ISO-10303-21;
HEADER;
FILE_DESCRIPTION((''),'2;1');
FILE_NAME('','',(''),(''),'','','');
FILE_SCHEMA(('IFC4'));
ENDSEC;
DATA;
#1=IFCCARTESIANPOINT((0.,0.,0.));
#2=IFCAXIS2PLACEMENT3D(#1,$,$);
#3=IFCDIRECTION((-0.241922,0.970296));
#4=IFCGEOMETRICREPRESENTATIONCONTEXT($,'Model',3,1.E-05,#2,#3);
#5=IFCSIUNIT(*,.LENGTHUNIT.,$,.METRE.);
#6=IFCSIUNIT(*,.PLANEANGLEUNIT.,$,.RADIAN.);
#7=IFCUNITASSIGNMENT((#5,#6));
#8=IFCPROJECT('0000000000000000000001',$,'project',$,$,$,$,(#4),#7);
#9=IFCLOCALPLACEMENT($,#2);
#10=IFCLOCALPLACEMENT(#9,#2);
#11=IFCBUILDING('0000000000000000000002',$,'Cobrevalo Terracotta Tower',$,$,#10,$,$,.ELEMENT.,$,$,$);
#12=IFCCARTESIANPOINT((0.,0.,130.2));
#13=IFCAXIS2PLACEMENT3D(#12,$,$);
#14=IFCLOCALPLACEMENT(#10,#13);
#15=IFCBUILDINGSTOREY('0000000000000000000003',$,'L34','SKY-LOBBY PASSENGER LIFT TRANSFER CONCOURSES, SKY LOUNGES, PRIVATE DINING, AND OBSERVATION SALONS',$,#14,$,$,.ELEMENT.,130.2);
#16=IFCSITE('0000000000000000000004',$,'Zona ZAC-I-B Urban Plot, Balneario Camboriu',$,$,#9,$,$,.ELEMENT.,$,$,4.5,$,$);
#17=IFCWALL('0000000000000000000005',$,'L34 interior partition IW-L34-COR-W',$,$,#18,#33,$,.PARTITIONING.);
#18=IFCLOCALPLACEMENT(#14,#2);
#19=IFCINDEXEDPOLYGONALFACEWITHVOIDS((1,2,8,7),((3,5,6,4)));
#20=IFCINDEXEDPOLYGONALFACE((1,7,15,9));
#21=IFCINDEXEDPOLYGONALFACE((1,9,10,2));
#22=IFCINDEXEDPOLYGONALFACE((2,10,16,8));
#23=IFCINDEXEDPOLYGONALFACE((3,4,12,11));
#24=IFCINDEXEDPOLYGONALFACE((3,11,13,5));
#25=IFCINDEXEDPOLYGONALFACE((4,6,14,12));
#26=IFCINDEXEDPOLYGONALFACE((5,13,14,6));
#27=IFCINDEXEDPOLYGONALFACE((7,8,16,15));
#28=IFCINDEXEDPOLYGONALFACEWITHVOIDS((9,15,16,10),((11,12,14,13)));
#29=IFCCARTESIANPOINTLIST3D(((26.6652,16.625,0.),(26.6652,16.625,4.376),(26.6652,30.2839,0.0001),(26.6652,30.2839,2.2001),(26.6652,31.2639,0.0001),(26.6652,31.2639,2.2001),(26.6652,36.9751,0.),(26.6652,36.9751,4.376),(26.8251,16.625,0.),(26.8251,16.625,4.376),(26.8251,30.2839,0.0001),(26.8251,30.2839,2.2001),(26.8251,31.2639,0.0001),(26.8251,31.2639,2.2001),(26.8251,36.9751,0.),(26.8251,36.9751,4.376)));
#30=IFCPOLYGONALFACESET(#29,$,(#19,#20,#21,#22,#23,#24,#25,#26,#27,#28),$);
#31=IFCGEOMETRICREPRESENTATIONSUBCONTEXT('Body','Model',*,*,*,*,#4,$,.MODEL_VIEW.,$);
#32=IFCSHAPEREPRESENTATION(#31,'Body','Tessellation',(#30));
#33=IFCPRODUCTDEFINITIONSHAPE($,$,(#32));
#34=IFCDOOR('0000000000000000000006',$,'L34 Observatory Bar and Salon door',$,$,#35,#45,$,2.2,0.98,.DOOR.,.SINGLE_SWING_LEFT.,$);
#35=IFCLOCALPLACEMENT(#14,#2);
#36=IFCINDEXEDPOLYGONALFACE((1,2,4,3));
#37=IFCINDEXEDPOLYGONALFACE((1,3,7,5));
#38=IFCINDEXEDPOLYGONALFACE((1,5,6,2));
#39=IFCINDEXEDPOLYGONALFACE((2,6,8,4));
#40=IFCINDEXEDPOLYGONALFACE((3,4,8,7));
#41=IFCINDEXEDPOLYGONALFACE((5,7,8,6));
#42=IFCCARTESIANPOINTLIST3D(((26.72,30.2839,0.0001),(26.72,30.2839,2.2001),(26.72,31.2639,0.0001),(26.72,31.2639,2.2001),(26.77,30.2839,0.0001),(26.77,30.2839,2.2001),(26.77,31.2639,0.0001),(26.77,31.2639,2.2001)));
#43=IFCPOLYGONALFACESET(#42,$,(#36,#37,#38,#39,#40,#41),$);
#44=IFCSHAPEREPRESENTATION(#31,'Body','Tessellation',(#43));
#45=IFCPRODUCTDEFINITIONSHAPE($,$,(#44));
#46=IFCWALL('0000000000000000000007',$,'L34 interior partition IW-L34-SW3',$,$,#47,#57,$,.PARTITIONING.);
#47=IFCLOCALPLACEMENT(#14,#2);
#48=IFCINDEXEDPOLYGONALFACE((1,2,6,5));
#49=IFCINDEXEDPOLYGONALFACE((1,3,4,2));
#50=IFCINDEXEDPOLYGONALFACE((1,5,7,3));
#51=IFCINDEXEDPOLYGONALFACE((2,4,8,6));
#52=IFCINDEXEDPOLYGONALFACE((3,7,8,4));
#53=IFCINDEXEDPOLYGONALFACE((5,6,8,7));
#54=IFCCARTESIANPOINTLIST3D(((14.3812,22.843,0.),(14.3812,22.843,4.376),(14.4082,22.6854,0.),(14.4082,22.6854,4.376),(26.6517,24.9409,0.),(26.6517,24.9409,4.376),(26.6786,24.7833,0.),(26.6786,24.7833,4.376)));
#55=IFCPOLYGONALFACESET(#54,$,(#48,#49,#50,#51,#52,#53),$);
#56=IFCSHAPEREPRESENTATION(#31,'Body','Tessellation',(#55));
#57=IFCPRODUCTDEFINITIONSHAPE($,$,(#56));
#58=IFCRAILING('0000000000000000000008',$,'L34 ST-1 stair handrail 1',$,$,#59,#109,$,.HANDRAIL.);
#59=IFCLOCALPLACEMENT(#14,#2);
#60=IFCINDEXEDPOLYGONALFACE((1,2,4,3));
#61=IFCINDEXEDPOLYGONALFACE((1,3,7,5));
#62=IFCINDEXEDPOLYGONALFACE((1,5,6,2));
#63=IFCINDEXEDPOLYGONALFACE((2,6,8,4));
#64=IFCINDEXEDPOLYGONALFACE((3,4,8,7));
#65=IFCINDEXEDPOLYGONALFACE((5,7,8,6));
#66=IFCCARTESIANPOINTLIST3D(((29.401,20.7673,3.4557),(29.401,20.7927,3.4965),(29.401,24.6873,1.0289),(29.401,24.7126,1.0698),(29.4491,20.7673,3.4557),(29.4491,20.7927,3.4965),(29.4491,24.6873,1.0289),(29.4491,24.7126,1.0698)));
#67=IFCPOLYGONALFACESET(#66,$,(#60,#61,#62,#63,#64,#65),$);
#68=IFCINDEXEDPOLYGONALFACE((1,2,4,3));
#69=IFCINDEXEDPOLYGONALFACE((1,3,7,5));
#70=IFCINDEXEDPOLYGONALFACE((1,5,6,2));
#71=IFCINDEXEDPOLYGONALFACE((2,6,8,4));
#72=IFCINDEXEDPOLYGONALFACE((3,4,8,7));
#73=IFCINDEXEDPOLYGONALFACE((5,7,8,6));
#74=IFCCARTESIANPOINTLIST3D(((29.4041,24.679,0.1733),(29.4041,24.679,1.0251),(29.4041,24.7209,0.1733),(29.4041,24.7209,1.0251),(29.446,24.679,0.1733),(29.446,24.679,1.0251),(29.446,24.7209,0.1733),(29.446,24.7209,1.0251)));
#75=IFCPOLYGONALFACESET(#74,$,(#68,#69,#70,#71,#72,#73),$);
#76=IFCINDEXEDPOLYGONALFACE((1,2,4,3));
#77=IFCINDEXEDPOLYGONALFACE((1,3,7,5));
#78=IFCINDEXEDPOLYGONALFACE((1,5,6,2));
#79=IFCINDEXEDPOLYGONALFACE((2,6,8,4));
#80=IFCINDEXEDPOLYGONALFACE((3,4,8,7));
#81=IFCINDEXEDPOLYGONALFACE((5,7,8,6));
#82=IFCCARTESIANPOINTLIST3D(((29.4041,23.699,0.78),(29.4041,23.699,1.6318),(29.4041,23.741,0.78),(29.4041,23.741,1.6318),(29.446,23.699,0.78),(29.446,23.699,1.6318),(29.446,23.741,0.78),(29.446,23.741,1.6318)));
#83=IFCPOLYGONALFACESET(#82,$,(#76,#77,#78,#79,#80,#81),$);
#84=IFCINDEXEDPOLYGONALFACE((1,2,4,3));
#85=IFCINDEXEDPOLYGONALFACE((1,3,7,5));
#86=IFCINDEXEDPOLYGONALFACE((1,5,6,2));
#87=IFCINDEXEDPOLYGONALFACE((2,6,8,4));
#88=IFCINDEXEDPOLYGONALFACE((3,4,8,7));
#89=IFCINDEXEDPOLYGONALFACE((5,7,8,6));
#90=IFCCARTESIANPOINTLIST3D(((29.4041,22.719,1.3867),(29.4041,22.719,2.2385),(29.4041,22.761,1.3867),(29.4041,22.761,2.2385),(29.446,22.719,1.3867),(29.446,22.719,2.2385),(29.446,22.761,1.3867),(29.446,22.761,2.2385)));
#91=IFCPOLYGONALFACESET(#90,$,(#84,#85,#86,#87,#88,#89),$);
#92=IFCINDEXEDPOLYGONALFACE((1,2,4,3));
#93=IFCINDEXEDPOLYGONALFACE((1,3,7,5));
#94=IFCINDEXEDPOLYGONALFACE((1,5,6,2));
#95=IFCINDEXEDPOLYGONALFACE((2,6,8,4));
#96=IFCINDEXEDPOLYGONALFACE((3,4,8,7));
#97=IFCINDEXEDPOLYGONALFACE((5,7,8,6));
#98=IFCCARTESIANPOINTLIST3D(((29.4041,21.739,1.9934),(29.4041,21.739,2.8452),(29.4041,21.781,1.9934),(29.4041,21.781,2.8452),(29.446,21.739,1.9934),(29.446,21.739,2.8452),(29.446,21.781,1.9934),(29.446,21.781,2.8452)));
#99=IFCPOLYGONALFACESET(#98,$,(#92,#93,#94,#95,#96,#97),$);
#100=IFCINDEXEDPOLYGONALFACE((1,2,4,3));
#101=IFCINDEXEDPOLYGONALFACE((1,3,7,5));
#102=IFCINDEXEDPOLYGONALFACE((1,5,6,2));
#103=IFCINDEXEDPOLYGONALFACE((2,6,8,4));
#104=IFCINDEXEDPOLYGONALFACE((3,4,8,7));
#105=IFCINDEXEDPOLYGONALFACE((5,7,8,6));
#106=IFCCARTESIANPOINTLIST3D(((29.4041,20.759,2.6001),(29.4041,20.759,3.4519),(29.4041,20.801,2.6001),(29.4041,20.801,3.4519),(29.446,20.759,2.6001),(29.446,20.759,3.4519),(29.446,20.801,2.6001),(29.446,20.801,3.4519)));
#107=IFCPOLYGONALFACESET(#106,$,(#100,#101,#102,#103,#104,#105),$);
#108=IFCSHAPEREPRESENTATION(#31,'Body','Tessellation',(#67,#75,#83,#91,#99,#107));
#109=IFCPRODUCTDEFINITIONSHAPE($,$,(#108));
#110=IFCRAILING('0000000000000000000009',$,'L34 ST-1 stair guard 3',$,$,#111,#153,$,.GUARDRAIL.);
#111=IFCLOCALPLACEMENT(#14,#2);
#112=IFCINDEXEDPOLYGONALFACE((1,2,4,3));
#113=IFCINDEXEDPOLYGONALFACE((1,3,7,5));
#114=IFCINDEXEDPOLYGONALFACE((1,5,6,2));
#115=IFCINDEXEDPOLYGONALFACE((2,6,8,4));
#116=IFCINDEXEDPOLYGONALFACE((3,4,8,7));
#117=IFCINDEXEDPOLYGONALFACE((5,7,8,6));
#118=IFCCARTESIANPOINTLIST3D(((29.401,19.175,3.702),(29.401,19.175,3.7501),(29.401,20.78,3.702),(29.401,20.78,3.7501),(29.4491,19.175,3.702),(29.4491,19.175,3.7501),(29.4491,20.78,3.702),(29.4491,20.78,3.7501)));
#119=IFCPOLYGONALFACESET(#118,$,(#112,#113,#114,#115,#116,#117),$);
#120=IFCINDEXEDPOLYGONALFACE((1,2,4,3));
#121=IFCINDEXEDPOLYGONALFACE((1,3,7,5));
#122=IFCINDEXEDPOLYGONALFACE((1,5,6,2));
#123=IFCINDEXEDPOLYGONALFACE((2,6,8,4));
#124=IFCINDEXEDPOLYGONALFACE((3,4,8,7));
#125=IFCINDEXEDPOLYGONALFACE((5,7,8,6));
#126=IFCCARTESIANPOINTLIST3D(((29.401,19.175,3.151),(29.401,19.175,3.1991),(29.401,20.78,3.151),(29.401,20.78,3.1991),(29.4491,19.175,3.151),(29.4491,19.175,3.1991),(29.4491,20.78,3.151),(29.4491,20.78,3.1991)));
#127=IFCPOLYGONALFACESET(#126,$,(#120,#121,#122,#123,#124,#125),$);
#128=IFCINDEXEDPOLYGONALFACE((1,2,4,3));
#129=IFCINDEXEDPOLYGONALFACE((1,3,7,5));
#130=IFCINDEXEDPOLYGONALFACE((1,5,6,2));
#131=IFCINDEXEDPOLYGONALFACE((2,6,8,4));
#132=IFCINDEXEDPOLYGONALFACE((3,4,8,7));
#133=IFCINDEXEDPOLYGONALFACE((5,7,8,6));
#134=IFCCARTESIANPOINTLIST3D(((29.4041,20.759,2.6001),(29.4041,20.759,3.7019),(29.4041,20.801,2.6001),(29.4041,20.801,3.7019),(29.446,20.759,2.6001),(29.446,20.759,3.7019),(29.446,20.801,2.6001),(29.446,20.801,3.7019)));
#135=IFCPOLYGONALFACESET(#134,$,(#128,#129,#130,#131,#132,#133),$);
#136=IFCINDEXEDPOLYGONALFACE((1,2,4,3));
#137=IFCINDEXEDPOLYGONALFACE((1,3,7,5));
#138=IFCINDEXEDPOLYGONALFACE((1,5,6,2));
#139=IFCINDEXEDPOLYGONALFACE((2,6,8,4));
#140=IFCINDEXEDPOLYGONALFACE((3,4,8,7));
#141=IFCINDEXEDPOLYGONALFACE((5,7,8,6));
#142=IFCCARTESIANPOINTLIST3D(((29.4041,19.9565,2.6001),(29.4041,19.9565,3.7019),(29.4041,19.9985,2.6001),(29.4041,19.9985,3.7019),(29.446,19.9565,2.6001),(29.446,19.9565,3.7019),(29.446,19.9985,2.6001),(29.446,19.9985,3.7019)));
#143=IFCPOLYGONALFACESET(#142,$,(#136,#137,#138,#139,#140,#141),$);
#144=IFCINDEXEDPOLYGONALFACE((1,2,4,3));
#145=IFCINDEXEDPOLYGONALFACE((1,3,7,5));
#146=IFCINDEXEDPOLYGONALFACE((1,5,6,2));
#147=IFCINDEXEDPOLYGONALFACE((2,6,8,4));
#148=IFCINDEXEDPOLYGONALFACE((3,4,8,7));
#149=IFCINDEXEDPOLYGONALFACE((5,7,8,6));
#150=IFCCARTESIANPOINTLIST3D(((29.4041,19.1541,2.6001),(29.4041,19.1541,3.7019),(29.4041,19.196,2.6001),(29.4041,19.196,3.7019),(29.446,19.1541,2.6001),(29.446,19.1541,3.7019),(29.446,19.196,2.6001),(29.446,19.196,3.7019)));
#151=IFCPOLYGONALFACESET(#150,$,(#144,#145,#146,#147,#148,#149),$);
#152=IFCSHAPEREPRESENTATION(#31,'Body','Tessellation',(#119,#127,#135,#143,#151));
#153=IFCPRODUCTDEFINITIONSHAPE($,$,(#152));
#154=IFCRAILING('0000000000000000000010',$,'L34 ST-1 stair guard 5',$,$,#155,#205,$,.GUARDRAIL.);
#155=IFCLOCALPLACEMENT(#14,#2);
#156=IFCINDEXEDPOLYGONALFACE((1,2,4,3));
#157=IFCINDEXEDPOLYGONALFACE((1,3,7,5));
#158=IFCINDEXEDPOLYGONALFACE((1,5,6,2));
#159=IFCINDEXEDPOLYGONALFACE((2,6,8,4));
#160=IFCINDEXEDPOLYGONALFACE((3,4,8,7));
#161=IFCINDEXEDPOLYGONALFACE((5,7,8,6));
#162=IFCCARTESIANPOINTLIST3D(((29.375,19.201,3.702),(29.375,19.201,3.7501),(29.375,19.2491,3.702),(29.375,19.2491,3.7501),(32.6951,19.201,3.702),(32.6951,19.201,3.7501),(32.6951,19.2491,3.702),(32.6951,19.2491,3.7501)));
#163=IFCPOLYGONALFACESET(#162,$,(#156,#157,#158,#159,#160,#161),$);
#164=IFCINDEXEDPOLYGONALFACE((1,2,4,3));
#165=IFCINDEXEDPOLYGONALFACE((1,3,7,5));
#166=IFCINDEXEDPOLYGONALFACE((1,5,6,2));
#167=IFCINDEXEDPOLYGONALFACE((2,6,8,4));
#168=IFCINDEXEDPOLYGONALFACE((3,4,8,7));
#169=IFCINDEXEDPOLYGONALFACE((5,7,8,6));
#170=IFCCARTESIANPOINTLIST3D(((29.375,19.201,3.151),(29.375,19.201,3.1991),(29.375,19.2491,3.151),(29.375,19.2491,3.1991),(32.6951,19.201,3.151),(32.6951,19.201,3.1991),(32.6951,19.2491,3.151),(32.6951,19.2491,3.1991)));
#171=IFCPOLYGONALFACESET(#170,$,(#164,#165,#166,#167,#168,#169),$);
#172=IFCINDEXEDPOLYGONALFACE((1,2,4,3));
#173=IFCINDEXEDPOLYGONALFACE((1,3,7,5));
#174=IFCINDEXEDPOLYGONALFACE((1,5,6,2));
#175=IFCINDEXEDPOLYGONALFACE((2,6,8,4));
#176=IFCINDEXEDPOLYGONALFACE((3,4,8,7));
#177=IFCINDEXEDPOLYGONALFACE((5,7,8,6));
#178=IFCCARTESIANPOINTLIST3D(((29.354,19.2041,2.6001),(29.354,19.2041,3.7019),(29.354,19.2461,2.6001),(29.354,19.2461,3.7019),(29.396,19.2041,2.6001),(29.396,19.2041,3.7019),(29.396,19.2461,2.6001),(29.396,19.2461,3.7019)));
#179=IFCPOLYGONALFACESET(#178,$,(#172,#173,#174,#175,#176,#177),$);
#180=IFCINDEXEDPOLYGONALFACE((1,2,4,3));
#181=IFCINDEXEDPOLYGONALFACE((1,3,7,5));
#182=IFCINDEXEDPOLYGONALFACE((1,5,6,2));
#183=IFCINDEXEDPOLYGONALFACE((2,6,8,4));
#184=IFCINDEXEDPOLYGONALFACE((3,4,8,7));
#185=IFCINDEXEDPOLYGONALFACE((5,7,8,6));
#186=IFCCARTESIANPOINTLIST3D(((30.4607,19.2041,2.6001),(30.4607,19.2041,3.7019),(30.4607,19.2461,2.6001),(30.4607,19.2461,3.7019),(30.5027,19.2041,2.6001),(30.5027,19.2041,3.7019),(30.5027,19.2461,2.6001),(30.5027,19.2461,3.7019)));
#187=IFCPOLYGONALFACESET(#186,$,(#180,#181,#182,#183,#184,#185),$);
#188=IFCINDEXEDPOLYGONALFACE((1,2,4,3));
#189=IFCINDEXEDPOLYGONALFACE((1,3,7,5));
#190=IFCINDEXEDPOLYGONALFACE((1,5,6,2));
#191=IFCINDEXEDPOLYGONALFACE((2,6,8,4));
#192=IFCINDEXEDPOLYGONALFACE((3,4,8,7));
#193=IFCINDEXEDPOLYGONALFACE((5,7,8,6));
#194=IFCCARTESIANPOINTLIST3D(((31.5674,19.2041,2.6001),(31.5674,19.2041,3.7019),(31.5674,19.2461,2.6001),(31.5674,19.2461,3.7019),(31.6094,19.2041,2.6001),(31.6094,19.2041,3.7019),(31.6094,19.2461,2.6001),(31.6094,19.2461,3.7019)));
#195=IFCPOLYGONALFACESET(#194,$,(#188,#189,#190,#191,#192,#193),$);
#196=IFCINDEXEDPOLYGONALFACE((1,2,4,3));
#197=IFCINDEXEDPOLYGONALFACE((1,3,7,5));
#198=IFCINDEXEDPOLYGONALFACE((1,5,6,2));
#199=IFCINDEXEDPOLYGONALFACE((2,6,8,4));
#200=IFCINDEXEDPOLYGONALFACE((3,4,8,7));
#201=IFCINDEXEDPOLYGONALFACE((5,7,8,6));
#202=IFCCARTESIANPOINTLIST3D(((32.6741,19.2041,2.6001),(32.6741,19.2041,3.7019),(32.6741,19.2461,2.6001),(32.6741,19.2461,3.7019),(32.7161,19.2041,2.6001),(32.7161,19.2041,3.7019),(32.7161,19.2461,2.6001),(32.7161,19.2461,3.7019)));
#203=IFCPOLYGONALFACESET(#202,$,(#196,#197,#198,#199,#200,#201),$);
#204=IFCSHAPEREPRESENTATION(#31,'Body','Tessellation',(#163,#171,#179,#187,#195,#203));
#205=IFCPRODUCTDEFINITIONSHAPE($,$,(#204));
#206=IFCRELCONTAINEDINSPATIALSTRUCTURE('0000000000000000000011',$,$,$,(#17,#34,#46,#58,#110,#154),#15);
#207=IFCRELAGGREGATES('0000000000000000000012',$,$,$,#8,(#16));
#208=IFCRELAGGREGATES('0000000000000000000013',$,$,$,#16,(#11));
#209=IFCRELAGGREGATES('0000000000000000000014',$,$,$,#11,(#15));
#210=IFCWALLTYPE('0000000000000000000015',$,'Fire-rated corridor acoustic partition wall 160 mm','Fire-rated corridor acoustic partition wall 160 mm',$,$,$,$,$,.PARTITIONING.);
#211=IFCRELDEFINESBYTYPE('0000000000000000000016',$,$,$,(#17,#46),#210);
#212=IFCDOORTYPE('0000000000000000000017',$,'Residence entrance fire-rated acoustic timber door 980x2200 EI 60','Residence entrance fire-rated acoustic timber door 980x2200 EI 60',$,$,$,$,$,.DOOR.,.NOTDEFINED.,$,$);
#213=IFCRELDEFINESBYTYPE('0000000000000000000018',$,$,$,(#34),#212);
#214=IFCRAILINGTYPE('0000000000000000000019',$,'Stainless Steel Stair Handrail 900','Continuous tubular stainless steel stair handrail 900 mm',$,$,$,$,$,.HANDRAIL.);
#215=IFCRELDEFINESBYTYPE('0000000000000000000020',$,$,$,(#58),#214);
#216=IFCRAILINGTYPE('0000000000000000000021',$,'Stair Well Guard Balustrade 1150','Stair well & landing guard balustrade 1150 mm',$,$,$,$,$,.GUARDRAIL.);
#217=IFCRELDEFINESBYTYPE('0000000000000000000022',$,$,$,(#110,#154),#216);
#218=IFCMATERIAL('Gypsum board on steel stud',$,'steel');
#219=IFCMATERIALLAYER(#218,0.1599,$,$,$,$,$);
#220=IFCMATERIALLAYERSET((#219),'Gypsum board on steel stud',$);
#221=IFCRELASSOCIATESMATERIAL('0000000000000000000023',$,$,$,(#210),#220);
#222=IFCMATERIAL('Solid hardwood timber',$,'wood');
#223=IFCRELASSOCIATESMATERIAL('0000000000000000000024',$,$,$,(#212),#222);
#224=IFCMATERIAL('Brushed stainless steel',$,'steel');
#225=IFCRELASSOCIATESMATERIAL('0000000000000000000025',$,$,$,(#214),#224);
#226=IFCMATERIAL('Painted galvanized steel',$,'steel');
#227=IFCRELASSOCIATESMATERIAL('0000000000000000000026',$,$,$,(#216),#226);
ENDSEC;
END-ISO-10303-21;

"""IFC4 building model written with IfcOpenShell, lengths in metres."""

from ifc_helpers import new_model, si_unit, direction, frame, frame_2d, origin, origin_2d, place, context, subcontext, project, spatial, rectangle, extrude, source, transform, mapped, material, layer, layer_set, type_object, element, fill, save


model = new_model("IFC4")

# Units and contexts
model_context = context("Model", 3, precision=1e-05, world=origin(), true_north=direction((-0.241922, 0.970296)))
body_context = subcontext(model_context, "Body", "Model", "MODEL_VIEW")
ifc_project = project(units=[si_unit("LENGTHUNIT", "METRE"), si_unit("PLANEANGLEUNIT", "RADIAN")], contexts=[model_context])

# Site, building, storey
site_placement = place(None, origin())
site = spatial("IfcSite", under=ifc_project, at=site_placement, Name="Zona ZAC-I-B Urban Plot, Balneario Camboriu", CompositionType="ELEMENT", RefElevation=4.5)
building_placement = place(site_placement, origin())
building = spatial("IfcBuilding", under=site, at=building_placement, Name="Cobrevalo Terracotta Tower", CompositionType="ELEMENT")
storey_placement = place(building_placement, frame((0.0, 0.0, 130.2)))
storey = spatial("IfcBuildingStorey", under=building, at=storey_placement, Name="L34", Description="SKY-LOBBY PASSENGER LIFT TRANSFER CONCOURSES, SKY LOUNGES, PRIVATE DINING, AND OBSERVATION SALONS", CompositionType="ELEMENT", Elevation=130.2)

# Shared definitions
ifc_material_1 = material(Name="Gypsum board on steel stud", Category="steel")
ifc_layer_1 = layer(ifc_material_1, 0.1599)
ifc_layer_set_1 = layer_set([ifc_layer_1], Name="Gypsum board on steel stud")
wall_type_1 = type_object("IfcWallType", Name="Fire-rated corridor acoustic partition wall 160 mm", Description="Fire-rated corridor acoustic partition wall 160 mm", PredefinedType="PARTITIONING", material=ifc_layer_set_1)
ifc_material_2 = material(Name="Solid hardwood timber", Category="wood")
door_type_1 = type_object("IfcDoorType", Name="Residence entrance fire-rated acoustic timber door 980x2200 EI 60", Description="Residence entrance fire-rated acoustic timber door 980x2200 EI 60", OperationType="NOTDEFINED", PredefinedType="DOOR", material=ifc_material_2)
shared_shape_1 = source(origin(), body_context, "Body", "SweptSolid", [
    extrude(rectangle(XDim=0.98, YDim=2.2, at=frame_2d((0.49, 1.1001))), frame((0.0, 0.0249, 0.0), z_axis=(0.0, -1.0, 0.0), x_axis=(1.0, 0.0, 0.0)), (0.0, 0.0, 1.0), 0.05),
])

# Wall, opening, door
wall_1_placement = place(storey_placement, frame((26.7451, 16.625, 0.0), z_axis=(0.0, 0.0, 1.0), x_axis=(0.0, 1.0, 0.0)))
wall_1 = element("IfcWall", 1, at=wall_1_placement, inside=storey, type_object=wall_type_1, Name="L34 interior partition IW-L34-COR-W", PredefinedType="PARTITIONING", context=body_context, shape_type="SweptSolid", body=[
    extrude(rectangle(XDim=20.3501, YDim=0.1599, at=frame_2d((10.175, 0.0))), origin(), (0.0, 0.0, 1.0), 4.376),
])
opening_1_placement = place(wall_1_placement, frame((13.6589, 0.0, 0.0)))
opening_1 = element("IfcOpeningElement", 2, at=opening_1_placement, cuts=wall_1, PredefinedType="OPENING", context=body_context, shape_type="SweptSolid", body=[
    extrude(rectangle(XDim=0.98, YDim=2.2, at=frame_2d((0.49, 1.1001))), frame((0.0, 0.0898, 0.0), z_axis=(0.0, -1.0, 0.0), x_axis=(1.0, 0.0, 0.0)), (0.0, 0.0, 1.0), 0.1799),
])
door_1_placement = place(opening_1_placement, frame((0.98, 0.0, 0.0), z_axis=(0.0, 0.0, 1.0), x_axis=(-1.0, 0.0, 0.0)))
door_1 = element("IfcDoor", 3, at=door_1_placement, inside=storey, type_object=door_type_1, Name="L34 Observatory Bar and Salon door", OperationType="SINGLE_SWING_LEFT", OverallHeight=2.2, OverallWidth=0.98, PredefinedType="DOOR", context=body_context, shape_type="MappedRepresentation", body=[
    mapped(shared_shape_1, transform((0.0, 0.0, 0.0), scale=1.0)),
])
fill(opening_1, door_1)

# Wall
wall_2_placement = place(storey_placement, frame((26.665, 24.8621, 0.0), z_axis=(0.0, 0.0, 1.0), x_axis=(-0.985697, -0.168526, 0.0)))
element("IfcWall", 4, at=wall_2_placement, inside=storey, type_object=wall_type_1, Name="L34 interior partition IW-L34-SW3", PredefinedType="PARTITIONING", context=body_context, shape_type="SweptSolid", body=[
    extrude(rectangle(XDim=12.4485, YDim=0.1599, at=frame_2d((6.2241, 0.0))), origin(), (0.0, 0.0, 1.0), 4.376),
])

# Railings
ifc_material_3 = material(Name="Brushed stainless steel", Category="steel")
railing_type_1 = type_object("IfcRailingType", Name="Stainless Steel Stair Handrail 900", Description="Continuous tubular stainless steel stair handrail 900 mm", PredefinedType="HANDRAIL", material=ifc_material_3)
railing_1_placement = place(storey_placement, frame((29.425, 24.7, 0.1733)))
element("IfcRailing", 5, at=railing_1_placement, inside=storey, type_object=railing_type_1, Name="L34 ST-1 stair handrail 1", PredefinedType="HANDRAIL", context=body_context, shape_type="SweptSolid", body=[
    extrude(rectangle(XDim=0.0481, YDim=0.0481, at=origin_2d()), frame((0.0, 0.0, 0.876), z_axis=(0.0, -0.850252, 0.526376), x_axis=(1.0, 0.0, 0.0)), (0.0, 0.0, 1.0), 4.6104),
    extrude(rectangle(XDim=0.042, YDim=0.042, at=origin_2d()), origin(), (0.0, 0.0, 1.0), 0.8518),
    extrude(rectangle(XDim=0.042, YDim=0.042, at=origin_2d()), frame((0.0, -0.98, 0.6067)), (0.0, 0.0, 1.0), 0.8518),
    extrude(rectangle(XDim=0.042, YDim=0.042, at=origin_2d()), frame((0.0, -1.96, 1.2134)), (0.0, 0.0, 1.0), 0.8518),
    extrude(rectangle(XDim=0.042, YDim=0.042, at=origin_2d()), frame((0.0, -2.9399, 1.8201)), (0.0, 0.0, 1.0), 0.8518),
    extrude(rectangle(XDim=0.042, YDim=0.042, at=origin_2d()), frame((0.0, -3.9199, 2.4268)), (0.0, 0.0, 1.0), 0.8518),
])
ifc_material_4 = material(Name="Painted galvanized steel", Category="steel")
railing_type_2 = type_object("IfcRailingType", Name="Stair Well Guard Balustrade 1150", Description="Stair well & landing guard balustrade 1150 mm", PredefinedType="GUARDRAIL", material=ifc_material_4)
railing_2_placement = place(storey_placement, frame((29.425, 20.78, 2.6001)))
element("IfcRailing", 6, at=railing_2_placement, inside=storey, type_object=railing_type_2, Name="L34 ST-1 stair guard 3", PredefinedType="GUARDRAIL", context=body_context, shape_type="SweptSolid", body=[
    extrude(rectangle(XDim=0.0481, YDim=0.0481, at=origin_2d()), frame((0.0, 0.0, 1.126), z_axis=(0.0, -1.0, 0.0), x_axis=(1.0, 0.0, 0.0)), (0.0, 0.0, 1.0), 1.605),
    extrude(rectangle(XDim=0.0481, YDim=0.0481, at=origin_2d()), frame((0.0, 0.0, 0.575), z_axis=(0.0, -1.0, 0.0), x_axis=(1.0, 0.0, 0.0)), (0.0, 0.0, 1.0), 1.605),
    extrude(rectangle(XDim=0.042, YDim=0.042, at=origin_2d()), origin(), (0.0, 0.0, 1.0), 1.1018),
    extrude(rectangle(XDim=0.042, YDim=0.042, at=origin_2d()), frame((0.0, -0.8025, 0.0)), (0.0, 0.0, 1.0), 1.1018),
    extrude(rectangle(XDim=0.042, YDim=0.042, at=origin_2d()), frame((0.0, -1.605, 0.0)), (0.0, 0.0, 1.0), 1.1018),
])
railing_3_placement = place(storey_placement, frame((29.375, 19.2251, 2.6001)))
element("IfcRailing", 7, at=railing_3_placement, inside=storey, type_object=railing_type_2, Name="L34 ST-1 stair guard 5", PredefinedType="GUARDRAIL", context=body_context, shape_type="SweptSolid", body=[
    extrude(rectangle(XDim=0.0481, YDim=0.0481, at=origin_2d()), frame((0.0, 0.0, 1.126), z_axis=(1.0, 0.0, 0.0), x_axis=(0.0, 1.0, 0.0)), (0.0, 0.0, 1.0), 3.3201),
    extrude(rectangle(XDim=0.0481, YDim=0.0481, at=origin_2d()), frame((0.0, 0.0, 0.575), z_axis=(1.0, 0.0, 0.0), x_axis=(0.0, 1.0, 0.0)), (0.0, 0.0, 1.0), 3.3201),
    extrude(rectangle(XDim=0.042, YDim=0.042, at=origin_2d()), origin(), (0.0, 0.0, 1.0), 1.1018),
    extrude(rectangle(XDim=0.042, YDim=0.042, at=origin_2d()), frame((1.1067, 0.0, 0.0)), (0.0, 0.0, 1.0), 1.1018),
    extrude(rectangle(XDim=0.042, YDim=0.042, at=origin_2d()), frame((2.2134, 0.0, 0.0)), (0.0, 0.0, 1.0), 1.1018),
    extrude(rectangle(XDim=0.042, YDim=0.042, at=origin_2d()), frame((3.3201, 0.0, 0.0)), (0.0, 0.0, 1.0), 1.1018),
])

save(model, "model.ifc")
